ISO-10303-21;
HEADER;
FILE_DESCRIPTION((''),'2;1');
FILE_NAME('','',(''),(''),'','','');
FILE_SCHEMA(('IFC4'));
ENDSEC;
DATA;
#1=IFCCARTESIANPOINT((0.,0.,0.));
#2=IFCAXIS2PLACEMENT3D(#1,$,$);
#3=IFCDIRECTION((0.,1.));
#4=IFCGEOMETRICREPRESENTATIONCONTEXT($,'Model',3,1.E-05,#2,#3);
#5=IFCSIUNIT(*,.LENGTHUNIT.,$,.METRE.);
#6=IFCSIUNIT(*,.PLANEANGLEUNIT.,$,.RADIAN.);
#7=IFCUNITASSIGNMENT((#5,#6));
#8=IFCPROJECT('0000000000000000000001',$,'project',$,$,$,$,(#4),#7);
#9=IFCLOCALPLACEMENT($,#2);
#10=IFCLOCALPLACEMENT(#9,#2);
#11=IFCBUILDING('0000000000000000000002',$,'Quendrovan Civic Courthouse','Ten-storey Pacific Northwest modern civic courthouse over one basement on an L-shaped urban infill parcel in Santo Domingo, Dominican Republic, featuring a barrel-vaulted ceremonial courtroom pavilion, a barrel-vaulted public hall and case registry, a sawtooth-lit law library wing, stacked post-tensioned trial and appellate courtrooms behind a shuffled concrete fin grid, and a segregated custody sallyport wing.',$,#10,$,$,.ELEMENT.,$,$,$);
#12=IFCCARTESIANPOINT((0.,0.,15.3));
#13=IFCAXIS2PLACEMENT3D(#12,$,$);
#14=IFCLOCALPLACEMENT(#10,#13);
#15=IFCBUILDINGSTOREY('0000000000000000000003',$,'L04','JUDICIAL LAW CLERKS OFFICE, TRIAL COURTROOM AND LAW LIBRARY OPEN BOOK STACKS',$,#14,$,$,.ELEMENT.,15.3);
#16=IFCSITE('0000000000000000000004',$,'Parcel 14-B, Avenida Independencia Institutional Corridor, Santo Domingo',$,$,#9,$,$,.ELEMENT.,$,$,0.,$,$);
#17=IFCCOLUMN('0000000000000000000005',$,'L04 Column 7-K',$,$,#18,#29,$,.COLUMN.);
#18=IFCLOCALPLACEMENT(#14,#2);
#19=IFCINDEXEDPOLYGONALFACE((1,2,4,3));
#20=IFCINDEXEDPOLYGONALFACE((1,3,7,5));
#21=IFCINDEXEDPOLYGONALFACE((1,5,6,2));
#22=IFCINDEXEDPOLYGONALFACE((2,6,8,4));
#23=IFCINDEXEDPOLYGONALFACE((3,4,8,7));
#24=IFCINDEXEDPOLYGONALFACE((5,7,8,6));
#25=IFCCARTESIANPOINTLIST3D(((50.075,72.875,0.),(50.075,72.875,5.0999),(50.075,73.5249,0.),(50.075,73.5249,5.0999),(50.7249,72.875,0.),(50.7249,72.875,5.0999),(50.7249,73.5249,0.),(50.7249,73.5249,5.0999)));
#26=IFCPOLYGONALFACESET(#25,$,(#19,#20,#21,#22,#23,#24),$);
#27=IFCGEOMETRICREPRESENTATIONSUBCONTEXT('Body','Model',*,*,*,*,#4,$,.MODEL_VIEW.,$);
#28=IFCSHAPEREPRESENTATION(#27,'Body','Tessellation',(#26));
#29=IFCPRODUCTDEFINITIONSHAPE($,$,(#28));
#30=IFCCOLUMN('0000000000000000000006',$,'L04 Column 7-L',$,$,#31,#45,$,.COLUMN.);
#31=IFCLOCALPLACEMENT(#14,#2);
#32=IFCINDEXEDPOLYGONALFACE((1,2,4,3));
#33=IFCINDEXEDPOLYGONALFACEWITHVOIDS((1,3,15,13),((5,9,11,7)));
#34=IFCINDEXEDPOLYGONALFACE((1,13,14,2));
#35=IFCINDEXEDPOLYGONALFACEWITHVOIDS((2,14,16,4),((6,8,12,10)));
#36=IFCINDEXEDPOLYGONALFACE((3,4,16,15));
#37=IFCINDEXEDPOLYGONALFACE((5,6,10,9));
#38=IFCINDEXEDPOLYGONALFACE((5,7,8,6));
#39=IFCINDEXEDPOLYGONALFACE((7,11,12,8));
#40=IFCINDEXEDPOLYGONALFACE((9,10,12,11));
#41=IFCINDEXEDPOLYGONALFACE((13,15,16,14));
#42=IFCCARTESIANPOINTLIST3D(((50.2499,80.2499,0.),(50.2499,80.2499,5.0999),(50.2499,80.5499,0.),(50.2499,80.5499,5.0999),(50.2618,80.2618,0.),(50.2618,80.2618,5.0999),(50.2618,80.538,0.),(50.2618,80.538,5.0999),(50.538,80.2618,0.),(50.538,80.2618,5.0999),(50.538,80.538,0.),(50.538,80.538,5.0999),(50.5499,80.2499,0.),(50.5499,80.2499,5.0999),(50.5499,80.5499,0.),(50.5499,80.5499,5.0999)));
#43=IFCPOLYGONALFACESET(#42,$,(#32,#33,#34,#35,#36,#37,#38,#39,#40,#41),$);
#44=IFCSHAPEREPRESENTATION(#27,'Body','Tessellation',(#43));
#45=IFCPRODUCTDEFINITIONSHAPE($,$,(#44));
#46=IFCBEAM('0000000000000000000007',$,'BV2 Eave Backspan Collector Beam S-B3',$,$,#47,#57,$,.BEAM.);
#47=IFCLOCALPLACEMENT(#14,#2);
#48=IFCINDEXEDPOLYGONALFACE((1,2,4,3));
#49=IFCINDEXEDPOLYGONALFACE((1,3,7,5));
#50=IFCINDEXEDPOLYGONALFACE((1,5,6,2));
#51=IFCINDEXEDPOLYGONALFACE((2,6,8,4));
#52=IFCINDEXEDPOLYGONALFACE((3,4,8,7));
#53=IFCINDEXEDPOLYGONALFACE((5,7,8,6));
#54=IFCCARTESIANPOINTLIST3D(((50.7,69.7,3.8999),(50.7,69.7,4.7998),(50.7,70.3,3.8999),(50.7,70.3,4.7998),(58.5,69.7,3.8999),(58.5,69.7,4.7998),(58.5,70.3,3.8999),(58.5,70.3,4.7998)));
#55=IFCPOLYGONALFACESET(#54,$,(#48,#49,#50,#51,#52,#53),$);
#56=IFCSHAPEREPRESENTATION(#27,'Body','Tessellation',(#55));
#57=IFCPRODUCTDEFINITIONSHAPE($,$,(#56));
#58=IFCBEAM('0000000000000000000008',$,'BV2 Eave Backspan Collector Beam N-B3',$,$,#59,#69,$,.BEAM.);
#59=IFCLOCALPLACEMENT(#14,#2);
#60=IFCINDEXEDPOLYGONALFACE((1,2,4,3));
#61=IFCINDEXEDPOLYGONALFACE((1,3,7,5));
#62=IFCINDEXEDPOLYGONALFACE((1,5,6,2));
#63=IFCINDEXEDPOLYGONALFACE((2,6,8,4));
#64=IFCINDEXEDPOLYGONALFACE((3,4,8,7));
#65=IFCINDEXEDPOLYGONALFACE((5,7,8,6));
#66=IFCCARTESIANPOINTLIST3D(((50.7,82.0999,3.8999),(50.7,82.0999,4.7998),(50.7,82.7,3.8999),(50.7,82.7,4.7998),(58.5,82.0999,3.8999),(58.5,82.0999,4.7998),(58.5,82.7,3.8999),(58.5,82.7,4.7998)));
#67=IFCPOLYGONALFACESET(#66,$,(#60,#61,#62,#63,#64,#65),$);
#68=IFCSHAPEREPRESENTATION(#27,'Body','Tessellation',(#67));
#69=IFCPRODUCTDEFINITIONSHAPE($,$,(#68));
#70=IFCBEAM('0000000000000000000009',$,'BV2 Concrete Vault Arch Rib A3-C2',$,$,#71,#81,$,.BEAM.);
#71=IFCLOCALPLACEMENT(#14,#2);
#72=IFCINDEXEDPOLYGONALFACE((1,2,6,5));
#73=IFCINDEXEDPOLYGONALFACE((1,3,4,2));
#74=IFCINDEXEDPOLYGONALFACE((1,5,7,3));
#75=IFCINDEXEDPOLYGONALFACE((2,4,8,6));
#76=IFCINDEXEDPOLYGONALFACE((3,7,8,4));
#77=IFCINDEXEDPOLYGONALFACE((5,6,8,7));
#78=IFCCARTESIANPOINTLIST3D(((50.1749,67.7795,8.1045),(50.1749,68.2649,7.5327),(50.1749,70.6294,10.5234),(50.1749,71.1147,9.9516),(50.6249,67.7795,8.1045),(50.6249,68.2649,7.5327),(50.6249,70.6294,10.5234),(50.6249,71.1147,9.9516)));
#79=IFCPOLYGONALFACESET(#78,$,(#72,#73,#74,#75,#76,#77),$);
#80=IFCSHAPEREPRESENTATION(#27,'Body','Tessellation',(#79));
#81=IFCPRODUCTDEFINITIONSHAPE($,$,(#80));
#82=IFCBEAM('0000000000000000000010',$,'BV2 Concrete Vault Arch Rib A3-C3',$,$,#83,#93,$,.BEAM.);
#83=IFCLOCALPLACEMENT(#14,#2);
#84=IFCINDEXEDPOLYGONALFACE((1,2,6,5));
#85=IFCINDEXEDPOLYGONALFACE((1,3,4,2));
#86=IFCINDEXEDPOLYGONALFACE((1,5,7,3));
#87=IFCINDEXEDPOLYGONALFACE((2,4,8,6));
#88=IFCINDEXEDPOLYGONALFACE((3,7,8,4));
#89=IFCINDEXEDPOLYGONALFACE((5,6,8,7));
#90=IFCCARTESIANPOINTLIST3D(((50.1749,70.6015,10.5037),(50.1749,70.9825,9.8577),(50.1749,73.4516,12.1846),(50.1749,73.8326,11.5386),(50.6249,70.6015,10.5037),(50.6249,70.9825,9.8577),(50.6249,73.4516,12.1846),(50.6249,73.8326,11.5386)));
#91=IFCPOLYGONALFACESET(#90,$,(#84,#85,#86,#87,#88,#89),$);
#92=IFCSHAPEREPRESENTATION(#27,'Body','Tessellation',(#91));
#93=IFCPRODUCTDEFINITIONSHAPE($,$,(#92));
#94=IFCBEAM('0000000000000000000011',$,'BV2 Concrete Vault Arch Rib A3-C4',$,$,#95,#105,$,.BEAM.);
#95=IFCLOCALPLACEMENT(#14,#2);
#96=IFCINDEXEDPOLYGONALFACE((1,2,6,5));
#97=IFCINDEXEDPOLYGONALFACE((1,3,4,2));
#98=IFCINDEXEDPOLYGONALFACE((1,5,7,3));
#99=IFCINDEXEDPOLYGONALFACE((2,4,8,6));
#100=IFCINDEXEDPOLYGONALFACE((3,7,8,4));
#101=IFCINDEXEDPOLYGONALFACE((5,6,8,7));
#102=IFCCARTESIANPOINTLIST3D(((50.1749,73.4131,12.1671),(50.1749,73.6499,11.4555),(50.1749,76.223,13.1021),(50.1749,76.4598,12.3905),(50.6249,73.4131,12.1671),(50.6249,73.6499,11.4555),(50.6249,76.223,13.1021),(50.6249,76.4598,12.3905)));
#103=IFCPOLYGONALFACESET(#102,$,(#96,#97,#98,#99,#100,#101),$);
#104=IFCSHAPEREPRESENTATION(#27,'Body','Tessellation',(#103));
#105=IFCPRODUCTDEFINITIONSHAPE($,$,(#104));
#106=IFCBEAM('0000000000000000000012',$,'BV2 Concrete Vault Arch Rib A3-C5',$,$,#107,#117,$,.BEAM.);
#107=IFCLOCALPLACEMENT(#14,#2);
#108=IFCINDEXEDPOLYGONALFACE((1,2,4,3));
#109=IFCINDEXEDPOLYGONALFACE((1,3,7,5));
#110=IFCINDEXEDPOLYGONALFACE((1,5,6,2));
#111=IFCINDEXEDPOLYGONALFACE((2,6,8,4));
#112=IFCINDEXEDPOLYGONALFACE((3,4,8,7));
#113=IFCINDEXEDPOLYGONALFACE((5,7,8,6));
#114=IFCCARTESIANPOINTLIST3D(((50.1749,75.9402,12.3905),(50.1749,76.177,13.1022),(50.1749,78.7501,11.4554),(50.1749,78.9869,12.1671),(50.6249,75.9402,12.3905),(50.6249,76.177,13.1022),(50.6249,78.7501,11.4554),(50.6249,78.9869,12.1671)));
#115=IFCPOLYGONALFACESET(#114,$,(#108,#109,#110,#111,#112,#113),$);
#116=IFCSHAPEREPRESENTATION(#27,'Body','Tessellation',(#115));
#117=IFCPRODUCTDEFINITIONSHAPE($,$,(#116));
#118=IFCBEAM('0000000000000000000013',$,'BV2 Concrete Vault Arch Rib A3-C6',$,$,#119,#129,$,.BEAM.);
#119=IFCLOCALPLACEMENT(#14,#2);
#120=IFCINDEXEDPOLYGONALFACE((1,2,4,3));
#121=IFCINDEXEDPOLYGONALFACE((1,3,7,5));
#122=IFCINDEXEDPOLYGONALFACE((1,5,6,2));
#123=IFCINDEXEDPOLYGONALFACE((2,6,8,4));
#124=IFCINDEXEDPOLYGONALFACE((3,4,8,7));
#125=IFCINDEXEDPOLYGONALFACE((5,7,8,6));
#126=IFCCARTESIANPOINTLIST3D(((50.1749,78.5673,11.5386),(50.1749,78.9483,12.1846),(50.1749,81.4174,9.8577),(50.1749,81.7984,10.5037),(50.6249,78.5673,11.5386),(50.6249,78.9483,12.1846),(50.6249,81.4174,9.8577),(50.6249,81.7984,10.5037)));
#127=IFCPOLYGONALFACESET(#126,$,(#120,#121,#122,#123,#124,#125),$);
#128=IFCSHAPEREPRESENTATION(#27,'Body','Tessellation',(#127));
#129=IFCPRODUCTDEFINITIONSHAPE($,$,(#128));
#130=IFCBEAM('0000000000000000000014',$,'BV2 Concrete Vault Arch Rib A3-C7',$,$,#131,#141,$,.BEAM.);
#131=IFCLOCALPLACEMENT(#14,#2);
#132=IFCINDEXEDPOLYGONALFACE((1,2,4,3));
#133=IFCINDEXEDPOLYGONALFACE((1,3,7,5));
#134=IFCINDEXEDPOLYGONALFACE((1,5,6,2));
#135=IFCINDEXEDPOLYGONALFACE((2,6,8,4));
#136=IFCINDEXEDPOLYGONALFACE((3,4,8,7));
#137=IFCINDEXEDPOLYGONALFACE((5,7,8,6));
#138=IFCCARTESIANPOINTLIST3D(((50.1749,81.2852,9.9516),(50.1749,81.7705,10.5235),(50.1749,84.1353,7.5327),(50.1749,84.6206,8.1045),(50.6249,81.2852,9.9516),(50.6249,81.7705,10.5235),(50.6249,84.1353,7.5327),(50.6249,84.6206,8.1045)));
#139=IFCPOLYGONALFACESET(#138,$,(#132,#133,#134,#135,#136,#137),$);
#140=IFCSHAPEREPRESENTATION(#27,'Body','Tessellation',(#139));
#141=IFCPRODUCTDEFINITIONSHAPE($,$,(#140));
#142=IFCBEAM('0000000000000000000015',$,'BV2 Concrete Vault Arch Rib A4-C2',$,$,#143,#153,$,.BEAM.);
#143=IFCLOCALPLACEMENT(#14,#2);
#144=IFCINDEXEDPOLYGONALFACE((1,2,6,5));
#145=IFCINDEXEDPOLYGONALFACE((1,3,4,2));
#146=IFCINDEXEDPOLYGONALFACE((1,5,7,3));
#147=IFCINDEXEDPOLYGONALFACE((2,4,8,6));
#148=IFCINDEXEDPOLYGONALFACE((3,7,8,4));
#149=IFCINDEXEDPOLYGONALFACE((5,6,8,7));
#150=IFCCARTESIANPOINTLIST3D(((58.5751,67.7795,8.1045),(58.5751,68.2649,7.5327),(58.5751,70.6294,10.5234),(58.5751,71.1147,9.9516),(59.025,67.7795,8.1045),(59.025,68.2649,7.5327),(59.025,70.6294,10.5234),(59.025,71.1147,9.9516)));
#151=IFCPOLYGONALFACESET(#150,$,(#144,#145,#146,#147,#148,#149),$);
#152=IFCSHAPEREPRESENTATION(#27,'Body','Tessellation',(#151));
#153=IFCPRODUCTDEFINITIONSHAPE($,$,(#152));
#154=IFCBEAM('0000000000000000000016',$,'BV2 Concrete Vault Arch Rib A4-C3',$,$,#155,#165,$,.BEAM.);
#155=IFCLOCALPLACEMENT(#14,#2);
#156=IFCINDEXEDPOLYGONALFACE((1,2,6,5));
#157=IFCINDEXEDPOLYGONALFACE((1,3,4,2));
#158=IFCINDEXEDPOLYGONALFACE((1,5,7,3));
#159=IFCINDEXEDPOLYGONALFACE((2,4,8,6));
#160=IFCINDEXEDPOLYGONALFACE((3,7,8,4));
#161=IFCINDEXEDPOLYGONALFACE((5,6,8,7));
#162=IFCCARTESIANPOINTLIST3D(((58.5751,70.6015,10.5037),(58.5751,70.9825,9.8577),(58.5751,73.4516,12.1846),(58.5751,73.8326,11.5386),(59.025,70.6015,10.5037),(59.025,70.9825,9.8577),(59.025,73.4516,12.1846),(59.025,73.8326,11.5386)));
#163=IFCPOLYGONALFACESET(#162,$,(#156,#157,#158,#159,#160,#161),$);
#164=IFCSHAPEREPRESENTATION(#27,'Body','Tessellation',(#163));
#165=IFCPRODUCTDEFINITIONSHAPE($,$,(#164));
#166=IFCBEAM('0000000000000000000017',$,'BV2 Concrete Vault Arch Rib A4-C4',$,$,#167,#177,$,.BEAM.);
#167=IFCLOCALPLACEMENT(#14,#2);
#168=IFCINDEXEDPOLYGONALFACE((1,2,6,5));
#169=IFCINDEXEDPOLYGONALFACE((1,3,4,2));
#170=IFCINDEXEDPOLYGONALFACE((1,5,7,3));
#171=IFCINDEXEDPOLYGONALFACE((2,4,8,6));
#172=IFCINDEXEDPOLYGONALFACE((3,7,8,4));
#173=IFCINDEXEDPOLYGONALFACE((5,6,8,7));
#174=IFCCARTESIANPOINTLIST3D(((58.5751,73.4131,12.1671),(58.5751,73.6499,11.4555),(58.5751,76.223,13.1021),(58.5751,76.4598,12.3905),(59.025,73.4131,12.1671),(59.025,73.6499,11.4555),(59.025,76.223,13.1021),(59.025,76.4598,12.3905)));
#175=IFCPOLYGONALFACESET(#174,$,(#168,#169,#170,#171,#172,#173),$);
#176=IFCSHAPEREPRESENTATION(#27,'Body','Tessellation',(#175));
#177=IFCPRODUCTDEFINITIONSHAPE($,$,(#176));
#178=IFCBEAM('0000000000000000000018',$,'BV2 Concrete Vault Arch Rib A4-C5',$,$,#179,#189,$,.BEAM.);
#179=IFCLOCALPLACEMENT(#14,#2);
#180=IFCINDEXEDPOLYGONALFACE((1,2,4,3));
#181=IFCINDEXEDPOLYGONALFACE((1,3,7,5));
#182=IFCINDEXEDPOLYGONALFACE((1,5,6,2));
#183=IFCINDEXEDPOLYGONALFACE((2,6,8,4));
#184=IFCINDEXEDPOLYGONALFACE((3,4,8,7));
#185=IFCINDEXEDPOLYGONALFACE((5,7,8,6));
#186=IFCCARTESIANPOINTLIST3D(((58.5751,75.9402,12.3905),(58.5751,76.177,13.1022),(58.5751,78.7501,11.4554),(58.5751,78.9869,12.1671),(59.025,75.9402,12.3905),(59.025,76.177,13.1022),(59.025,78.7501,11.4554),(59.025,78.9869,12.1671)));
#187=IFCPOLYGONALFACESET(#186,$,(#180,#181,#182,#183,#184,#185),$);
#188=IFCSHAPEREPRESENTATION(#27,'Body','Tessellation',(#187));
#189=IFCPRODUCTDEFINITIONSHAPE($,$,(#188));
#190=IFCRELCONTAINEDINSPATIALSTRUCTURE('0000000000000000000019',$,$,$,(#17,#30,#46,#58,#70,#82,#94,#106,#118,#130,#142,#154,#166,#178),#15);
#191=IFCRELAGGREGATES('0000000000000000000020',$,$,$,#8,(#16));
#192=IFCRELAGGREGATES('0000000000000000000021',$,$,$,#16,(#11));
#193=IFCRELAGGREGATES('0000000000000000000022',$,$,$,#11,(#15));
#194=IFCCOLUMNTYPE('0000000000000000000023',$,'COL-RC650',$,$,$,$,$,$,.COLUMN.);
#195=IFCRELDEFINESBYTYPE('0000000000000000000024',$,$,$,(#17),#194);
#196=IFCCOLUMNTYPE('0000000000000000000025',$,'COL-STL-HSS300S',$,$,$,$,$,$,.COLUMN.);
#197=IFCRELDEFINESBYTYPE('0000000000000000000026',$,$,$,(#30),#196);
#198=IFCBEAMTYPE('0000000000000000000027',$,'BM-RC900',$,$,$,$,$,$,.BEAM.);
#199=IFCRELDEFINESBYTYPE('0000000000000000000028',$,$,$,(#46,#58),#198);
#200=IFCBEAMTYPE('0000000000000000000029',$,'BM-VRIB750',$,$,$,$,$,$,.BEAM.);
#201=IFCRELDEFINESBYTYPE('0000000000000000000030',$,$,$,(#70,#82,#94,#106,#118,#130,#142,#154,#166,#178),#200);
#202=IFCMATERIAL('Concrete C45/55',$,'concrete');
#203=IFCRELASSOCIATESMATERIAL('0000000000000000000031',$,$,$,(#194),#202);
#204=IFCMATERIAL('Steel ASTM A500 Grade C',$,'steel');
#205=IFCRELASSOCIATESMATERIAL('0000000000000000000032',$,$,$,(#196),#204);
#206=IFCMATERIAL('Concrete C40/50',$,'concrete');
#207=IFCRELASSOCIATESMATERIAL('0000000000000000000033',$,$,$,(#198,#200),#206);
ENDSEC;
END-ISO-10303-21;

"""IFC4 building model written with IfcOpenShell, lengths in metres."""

from ifc_helpers import new_model, si_unit, direction, frame, origin, origin_2d, place, context, subcontext, project, spatial, rectangle, hollow_rectangle, extrude, material, material_profile, profile_set, type_object, element, save


model = new_model("IFC4")

# Units and contexts
model_context = context("Model", 3, precision=1e-05, world=origin(), true_north=direction((0.0, 1.0)))
body_context = subcontext(model_context, "Body", "Model", "MODEL_VIEW")
ifc_project = project(units=[si_unit("LENGTHUNIT", "METRE"), si_unit("PLANEANGLEUNIT", "RADIAN")], contexts=[model_context])

# Site, building, storey
site_placement = place(None, origin())
site = spatial("IfcSite", under=ifc_project, at=site_placement, Name="Parcel 14-B, Avenida Independencia Institutional Corridor, Santo Domingo", CompositionType="ELEMENT", RefElevation=0.0)
building_placement = place(site_placement, origin())
building = spatial("IfcBuilding", under=site, at=building_placement, Name="Quendrovan Civic Courthouse", Description="Ten-storey Pacific Northwest modern civic courthouse over one basement on an L-shaped urban infill parcel in Santo Domingo, Dominican Republic, featuring a barrel-vaulted ceremonial courtroom pavilion, a barrel-vaulted public hall and case registry, a sawtooth-lit law library wing, stacked post-tensioned trial and appellate courtrooms behind a shuffled concrete fin grid, and a segregated custody sallyport wing.", CompositionType="ELEMENT")
storey_placement = place(building_placement, frame((0.0, 0.0, 15.3)))
storey = spatial("IfcBuildingStorey", under=building, at=storey_placement, Name="L04", Description="JUDICIAL LAW CLERKS OFFICE, TRIAL COURTROOM AND LAW LIBRARY OPEN BOOK STACKS", CompositionType="ELEMENT", Elevation=15.3)

# Columns
ifc_material_1 = material(Name="Concrete C45/55", Category="concrete")
ifc_material_profile_1 = material_profile(ifc_material_1, rectangle(XDim=0.6499, YDim=0.6499, at=origin_2d()), Name="RC-COL-650x650")
ifc_profile_set_1 = profile_set([ifc_material_profile_1], Name="Concrete C45/55")
column_type_1 = type_object("IfcColumnType", Name="COL-RC650", PredefinedType="COLUMN", material=ifc_profile_set_1)
column_1_placement = place(storey_placement, frame((50.3999, 73.2, 0.0), z_axis=(0.0, 0.0, 1.0), x_axis=(1.0, 0.0, 0.0)))
element("IfcColumn", 1, at=column_1_placement, inside=storey, type_object=column_type_1, Name="L04 Column 7-K", PredefinedType="COLUMN", context=body_context, shape_type="SweptSolid", body=[
    extrude(rectangle(XDim=0.6499, YDim=0.6499, at=origin_2d()), origin(), (0.0, 0.0, 1.0), 5.0999),
])
ifc_material_2 = material(Name="Steel ASTM A500 Grade C", Category="steel")
ifc_material_profile_2 = material_profile(ifc_material_2, hollow_rectangle(XDim=0.3, YDim=0.3, WallThickness=0.012, at=origin_2d()), Name="HSS300x300x12")
ifc_profile_set_2 = profile_set([ifc_material_profile_2], Name="Steel ASTM A500 Grade C")
column_type_2 = type_object("IfcColumnType", Name="COL-STL-HSS300S", PredefinedType="COLUMN", material=ifc_profile_set_2)
column_2_placement = place(storey_placement, frame((50.3999, 80.3999, 0.0), z_axis=(0.0, 0.0, 1.0), x_axis=(1.0, 0.0, 0.0)))
element("IfcColumn", 2, at=column_2_placement, inside=storey, type_object=column_type_2, Name="L04 Column 7-L", PredefinedType="COLUMN", context=body_context, shape_type="SweptSolid", body=[
    extrude(hollow_rectangle(XDim=0.3, YDim=0.3, WallThickness=0.012, at=origin_2d()), origin(), (0.0, 0.0, 1.0), 5.0999),
])

# Beams
ifc_material_3 = material(Name="Concrete C40/50", Category="concrete")
ifc_material_profile_3 = material_profile(ifc_material_3, rectangle(XDim=0.6001, YDim=0.8999, at=origin_2d()), Name="RC-BM-600x900")
ifc_profile_set_3 = profile_set([ifc_material_profile_3], Name="Concrete C40/50")
beam_type_1 = type_object("IfcBeamType", Name="BM-RC900", PredefinedType="BEAM", material=ifc_profile_set_3)
for number, where, z_axis, x_axis, name in (
    (3, (50.7, 70.0, 4.3499), (1.0, 0.0, 0.0), (0.0, 1.0, 0.0), "BV2 Eave Backspan Collector Beam S-B3"),
    (4, (50.7, 82.3999, 4.3499), (1.0, 0.0, 0.0), (0.0, 1.0, 0.0), "BV2 Eave Backspan Collector Beam N-B3"),
):
    element("IfcBeam", number, at=place(storey_placement, frame(where, z_axis=z_axis, x_axis=x_axis)), inside=storey, type_object=beam_type_1, Name=name, PredefinedType="BEAM", context=body_context, shape_type="SweptSolid", body=[
        extrude(rectangle(XDim=0.6001, YDim=0.8999, at=origin_2d()), origin(), (0.0, 0.0, 1.0), 7.8),
    ])
ifc_material_profile_4 = material_profile(ifc_material_3, rectangle(XDim=0.45, YDim=0.75, at=origin_2d()), Name="RC-VRIB-450x750")
ifc_profile_set_4 = profile_set([ifc_material_profile_4], Name="Concrete C40/50")
beam_type_2 = type_object("IfcBeamType", Name="BM-VRIB750", PredefinedType="BEAM", material=ifc_profile_set_4)
beam_1_placement = place(storey_placement, frame((50.3999, 68.0222, 7.8186), z_axis=(0.0, 0.762392, 0.647116), x_axis=(-1.0, 0.0, 0.0)))
element("IfcBeam", 5, at=beam_1_placement, inside=storey, type_object=beam_type_2, Name="BV2 Concrete Vault Arch Rib A3-C2", PredefinedType="BEAM", context=body_context, shape_type="SweptSolid", body=[
    extrude(rectangle(XDim=0.45, YDim=0.75, at=origin_2d()), origin(), (0.0, 0.0, 1.0), 3.738),
])
beam_2_placement = place(storey_placement, frame((50.3999, 70.792, 10.1807), z_axis=(0.0, 0.861355, 0.508003), x_axis=(-1.0, 0.0, 0.0)))
element("IfcBeam", 6, at=beam_2_placement, inside=storey, type_object=beam_type_2, Name="BV2 Concrete Vault Arch Rib A3-C3", PredefinedType="BEAM", context=body_context, shape_type="SweptSolid", body=[
    extrude(rectangle(XDim=0.45, YDim=0.75, at=origin_2d()), origin(), (0.0, 0.0, 1.0), 3.3088),
])
for number, where, z_axis, x_axis, name in (
    (7, (50.3999, 73.5315, 11.8113), (0.0, 0.948848, 0.315733), (-1.0, 0.0, 0.0), "BV2 Concrete Vault Arch Rib A3-C4"),
    (8, (50.3999, 76.0586, 12.7463), (0.0, 0.94884, -0.315758), (-1.0, 0.0, 0.0), "BV2 Concrete Vault Arch Rib A3-C5"),
):
    element("IfcBeam", number, at=place(storey_placement, frame(where, z_axis=z_axis, x_axis=x_axis)), inside=storey, type_object=beam_type_2, Name=name, PredefinedType="BEAM", context=body_context, shape_type="SweptSolid", body=[
        extrude(rectangle(XDim=0.45, YDim=0.75, at=origin_2d()), origin(), (0.0, 0.0, 1.0), 2.9614),
    ])
beam_3_placement = place(storey_placement, frame((50.3999, 78.7578, 11.8616), z_axis=(0.0, 0.861355, -0.508003), x_axis=(-1.0, 0.0, 0.0)))
element("IfcBeam", 9, at=beam_3_placement, inside=storey, type_object=beam_type_2, Name="BV2 Concrete Vault Arch Rib A3-C6", PredefinedType="BEAM", context=body_context, shape_type="SweptSolid", body=[
    extrude(rectangle(XDim=0.45, YDim=0.75, at=origin_2d()), origin(), (0.0, 0.0, 1.0), 3.3088),
])
beam_4_placement = place(storey_placement, frame((50.3999, 81.5278, 10.2375), z_axis=(0.0, 0.762419, -0.647083), x_axis=(-1.0, 0.0, 0.0)))
element("IfcBeam", 10, at=beam_4_placement, inside=storey, type_object=beam_type_2, Name="BV2 Concrete Vault Arch Rib A3-C7", PredefinedType="BEAM", context=body_context, shape_type="SweptSolid", body=[
    extrude(rectangle(XDim=0.45, YDim=0.75, at=origin_2d()), origin(), (0.0, 0.0, 1.0), 3.7383),
])
beam_5_placement = place(storey_placement, frame((58.8, 68.0222, 7.8186), z_axis=(0.0, 0.762392, 0.647116), x_axis=(-1.0, 0.0, 0.0)))
element("IfcBeam", 11, at=beam_5_placement, inside=storey, type_object=beam_type_2, Name="BV2 Concrete Vault Arch Rib A4-C2", PredefinedType="BEAM", context=body_context, shape_type="SweptSolid", body=[
    extrude(rectangle(XDim=0.45, YDim=0.75, at=origin_2d()), origin(), (0.0, 0.0, 1.0), 3.738),
])
beam_6_placement = place(storey_placement, frame((58.8, 70.792, 10.1807), z_axis=(0.0, 0.861355, 0.508003), x_axis=(-1.0, 0.0, 0.0)))
element("IfcBeam", 12, at=beam_6_placement, inside=storey, type_object=beam_type_2, Name="BV2 Concrete Vault Arch Rib A4-C3", PredefinedType="BEAM", context=body_context, shape_type="SweptSolid", body=[
    extrude(rectangle(XDim=0.45, YDim=0.75, at=origin_2d()), origin(), (0.0, 0.0, 1.0), 3.3088),
])
for number, where, z_axis, x_axis, name in (
    (13, (58.8, 73.5315, 11.8113), (0.0, 0.948848, 0.315733), (-1.0, 0.0, 0.0), "BV2 Concrete Vault Arch Rib A4-C4"),
    (14, (58.8, 76.0586, 12.7463), (0.0, 0.94884, -0.315758), (-1.0, 0.0, 0.0), "BV2 Concrete Vault Arch Rib A4-C5"),
):
    element("IfcBeam", number, at=place(storey_placement, frame(where, z_axis=z_axis, x_axis=x_axis)), inside=storey, type_object=beam_type_2, Name=name, PredefinedType="BEAM", context=body_context, shape_type="SweptSolid", body=[
        extrude(rectangle(XDim=0.45, YDim=0.75, at=origin_2d()), origin(), (0.0, 0.0, 1.0), 2.9614),
    ])

save(model, "model.ifc")
